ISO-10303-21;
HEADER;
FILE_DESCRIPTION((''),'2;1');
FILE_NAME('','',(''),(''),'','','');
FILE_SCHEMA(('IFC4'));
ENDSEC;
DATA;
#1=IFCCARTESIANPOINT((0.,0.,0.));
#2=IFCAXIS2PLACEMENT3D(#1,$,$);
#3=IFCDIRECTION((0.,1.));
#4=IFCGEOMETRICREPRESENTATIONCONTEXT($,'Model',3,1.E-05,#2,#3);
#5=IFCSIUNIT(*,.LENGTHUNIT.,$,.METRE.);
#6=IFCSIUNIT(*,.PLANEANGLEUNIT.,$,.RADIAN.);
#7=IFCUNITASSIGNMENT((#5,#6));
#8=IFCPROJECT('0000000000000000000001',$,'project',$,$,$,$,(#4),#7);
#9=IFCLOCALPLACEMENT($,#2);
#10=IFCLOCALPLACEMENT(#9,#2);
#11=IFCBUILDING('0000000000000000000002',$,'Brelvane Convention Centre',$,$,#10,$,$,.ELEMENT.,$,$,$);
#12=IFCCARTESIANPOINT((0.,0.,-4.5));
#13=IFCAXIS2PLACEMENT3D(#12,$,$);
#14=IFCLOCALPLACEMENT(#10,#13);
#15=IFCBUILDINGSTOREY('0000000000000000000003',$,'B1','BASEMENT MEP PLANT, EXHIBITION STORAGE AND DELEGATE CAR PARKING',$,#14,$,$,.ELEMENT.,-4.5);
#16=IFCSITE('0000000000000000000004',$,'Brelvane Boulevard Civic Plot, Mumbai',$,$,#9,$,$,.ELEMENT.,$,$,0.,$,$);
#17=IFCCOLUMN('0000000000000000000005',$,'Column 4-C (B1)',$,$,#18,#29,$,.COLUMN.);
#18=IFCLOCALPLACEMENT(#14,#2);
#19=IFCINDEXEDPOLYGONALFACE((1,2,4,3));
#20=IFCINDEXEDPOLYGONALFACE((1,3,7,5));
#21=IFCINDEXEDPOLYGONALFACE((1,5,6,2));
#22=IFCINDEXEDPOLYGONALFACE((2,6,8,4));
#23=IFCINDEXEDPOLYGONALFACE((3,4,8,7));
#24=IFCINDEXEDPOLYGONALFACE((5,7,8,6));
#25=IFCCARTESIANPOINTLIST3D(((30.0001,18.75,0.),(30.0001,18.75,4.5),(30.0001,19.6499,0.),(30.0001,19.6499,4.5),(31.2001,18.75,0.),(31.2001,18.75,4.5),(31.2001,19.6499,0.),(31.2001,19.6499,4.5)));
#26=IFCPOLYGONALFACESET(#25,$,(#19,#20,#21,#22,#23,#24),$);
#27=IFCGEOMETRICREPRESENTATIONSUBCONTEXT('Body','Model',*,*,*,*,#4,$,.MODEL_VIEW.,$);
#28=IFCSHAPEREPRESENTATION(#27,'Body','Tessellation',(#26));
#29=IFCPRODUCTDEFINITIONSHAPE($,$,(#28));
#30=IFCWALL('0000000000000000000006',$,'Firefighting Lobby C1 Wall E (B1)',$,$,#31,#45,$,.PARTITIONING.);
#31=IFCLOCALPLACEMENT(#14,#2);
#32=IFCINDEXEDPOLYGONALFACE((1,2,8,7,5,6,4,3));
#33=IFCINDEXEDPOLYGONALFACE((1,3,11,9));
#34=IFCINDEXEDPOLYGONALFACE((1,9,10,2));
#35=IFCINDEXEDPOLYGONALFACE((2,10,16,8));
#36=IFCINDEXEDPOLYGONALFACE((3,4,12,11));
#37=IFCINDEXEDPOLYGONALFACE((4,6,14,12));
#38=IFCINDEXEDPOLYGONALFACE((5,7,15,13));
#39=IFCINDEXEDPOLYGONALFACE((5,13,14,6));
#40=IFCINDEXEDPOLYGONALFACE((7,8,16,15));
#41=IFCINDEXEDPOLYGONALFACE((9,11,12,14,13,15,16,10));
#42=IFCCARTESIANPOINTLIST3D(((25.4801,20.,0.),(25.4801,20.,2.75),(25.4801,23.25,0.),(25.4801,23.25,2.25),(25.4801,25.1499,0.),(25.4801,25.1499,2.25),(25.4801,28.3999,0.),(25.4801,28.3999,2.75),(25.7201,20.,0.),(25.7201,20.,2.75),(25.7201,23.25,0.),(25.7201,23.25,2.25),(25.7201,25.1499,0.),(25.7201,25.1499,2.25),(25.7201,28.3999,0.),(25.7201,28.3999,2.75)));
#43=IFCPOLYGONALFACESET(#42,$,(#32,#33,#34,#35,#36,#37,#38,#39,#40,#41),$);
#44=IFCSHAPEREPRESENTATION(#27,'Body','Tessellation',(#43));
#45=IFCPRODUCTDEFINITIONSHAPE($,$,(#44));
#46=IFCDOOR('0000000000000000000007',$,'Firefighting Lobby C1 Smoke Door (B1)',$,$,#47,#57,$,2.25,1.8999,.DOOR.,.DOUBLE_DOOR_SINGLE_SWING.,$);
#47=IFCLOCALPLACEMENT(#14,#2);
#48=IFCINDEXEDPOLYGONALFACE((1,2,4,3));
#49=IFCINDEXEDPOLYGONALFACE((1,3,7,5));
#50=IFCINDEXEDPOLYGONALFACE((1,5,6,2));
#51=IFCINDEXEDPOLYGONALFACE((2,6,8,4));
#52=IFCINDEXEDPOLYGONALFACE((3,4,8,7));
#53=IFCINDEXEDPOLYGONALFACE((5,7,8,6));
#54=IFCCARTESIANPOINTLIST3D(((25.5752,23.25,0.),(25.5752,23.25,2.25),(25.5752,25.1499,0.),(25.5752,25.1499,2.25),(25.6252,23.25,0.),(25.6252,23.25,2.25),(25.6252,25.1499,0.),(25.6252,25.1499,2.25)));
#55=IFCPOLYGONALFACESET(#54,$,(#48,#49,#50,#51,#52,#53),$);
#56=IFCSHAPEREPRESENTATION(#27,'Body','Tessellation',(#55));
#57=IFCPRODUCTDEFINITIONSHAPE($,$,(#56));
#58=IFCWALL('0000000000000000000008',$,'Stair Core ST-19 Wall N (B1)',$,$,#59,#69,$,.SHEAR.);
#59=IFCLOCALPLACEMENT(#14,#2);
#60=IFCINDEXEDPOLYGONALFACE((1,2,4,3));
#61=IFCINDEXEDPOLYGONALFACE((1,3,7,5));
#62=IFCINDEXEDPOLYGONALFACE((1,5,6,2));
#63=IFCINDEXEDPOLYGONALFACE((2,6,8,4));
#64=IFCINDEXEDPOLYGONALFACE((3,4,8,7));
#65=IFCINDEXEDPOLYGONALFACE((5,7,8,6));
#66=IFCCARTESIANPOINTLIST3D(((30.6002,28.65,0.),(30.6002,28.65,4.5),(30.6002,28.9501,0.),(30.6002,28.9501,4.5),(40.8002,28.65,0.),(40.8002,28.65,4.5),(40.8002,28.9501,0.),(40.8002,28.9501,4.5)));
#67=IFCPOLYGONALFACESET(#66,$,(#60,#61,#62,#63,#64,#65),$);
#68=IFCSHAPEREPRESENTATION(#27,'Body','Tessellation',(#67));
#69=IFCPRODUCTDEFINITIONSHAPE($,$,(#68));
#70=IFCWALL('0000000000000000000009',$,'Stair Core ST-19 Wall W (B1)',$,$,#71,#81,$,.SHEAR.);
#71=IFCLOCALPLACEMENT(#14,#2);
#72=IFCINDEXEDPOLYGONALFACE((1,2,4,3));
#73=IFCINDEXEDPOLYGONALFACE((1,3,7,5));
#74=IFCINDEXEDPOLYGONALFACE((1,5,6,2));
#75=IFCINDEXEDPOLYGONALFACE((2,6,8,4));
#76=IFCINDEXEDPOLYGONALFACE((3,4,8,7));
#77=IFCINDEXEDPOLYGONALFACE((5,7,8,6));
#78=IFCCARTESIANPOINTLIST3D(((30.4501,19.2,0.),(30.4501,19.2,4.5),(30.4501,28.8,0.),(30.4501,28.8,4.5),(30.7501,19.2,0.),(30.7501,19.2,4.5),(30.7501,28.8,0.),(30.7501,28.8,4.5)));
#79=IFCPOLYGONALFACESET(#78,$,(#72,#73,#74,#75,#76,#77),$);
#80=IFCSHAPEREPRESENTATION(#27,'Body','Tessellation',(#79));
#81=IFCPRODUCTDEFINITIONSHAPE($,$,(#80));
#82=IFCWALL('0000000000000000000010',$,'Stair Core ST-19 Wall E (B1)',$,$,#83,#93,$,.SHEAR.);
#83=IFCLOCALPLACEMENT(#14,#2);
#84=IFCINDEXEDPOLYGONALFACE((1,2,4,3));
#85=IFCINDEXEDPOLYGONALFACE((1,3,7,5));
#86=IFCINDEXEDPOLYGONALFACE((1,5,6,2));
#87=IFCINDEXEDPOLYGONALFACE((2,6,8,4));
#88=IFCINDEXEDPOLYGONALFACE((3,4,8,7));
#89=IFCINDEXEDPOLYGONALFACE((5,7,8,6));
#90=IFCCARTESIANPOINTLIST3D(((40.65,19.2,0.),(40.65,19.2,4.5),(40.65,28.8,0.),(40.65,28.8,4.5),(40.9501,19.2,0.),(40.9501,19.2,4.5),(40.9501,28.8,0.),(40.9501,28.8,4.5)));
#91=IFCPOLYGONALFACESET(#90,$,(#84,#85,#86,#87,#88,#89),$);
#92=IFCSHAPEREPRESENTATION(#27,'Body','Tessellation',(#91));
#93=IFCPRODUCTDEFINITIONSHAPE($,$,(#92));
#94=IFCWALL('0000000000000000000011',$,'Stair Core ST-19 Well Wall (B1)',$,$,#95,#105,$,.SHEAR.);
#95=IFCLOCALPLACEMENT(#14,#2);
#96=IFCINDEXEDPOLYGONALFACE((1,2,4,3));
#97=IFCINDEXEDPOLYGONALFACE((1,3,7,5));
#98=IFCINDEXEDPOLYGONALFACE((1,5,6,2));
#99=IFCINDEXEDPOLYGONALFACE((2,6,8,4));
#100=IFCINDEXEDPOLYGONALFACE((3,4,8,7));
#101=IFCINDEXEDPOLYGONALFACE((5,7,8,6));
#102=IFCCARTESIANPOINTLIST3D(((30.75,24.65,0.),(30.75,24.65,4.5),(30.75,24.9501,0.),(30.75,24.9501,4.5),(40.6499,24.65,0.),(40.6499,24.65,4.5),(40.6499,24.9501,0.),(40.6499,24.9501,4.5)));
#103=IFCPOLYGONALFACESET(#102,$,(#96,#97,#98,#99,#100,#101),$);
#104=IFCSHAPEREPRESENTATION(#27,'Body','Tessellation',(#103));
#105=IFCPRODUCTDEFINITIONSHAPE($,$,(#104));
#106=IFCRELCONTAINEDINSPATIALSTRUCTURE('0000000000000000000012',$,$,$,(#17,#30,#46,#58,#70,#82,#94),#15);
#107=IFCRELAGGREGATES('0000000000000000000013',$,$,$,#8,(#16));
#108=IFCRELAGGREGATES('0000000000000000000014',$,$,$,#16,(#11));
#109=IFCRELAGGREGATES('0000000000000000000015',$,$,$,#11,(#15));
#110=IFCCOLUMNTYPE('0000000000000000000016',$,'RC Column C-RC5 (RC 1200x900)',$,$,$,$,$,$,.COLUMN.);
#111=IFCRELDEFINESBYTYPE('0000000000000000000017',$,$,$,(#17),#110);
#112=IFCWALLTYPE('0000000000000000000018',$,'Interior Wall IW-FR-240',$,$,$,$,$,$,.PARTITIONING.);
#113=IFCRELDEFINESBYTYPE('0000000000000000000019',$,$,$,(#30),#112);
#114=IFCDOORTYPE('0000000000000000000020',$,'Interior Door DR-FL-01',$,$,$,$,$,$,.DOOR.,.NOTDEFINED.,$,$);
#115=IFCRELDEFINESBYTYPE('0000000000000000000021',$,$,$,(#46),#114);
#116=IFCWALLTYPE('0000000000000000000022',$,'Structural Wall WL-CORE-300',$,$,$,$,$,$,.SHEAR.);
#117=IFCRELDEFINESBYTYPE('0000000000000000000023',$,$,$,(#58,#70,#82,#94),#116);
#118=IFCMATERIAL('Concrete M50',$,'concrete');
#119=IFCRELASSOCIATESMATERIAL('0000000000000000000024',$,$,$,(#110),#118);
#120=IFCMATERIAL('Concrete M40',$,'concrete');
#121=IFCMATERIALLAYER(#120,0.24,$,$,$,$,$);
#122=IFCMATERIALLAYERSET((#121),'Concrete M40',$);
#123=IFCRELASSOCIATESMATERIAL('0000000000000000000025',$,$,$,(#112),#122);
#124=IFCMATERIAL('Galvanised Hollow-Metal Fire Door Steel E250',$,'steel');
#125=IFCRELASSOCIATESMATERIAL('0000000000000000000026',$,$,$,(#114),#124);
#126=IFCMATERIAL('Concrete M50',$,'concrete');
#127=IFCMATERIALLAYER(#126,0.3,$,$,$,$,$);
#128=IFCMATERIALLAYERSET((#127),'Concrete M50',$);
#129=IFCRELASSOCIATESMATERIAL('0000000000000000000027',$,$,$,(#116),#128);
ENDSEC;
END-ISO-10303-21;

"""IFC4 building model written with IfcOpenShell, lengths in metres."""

from ifc_helpers import new_model, si_unit, direction, frame, frame_2d, origin, origin_2d, place, context, subcontext, project, spatial, rectangle, extrude, material, layer, layer_set, material_profile, profile_set, type_object, element, fill, save


model = new_model("IFC4")

# Units and contexts
model_context = context("Model", 3, precision=1e-05, world=origin(), true_north=direction((0.0, 1.0)))
body_context = subcontext(model_context, "Body", "Model", "MODEL_VIEW")
ifc_project = project(units=[si_unit("LENGTHUNIT", "METRE"), si_unit("PLANEANGLEUNIT", "RADIAN")], contexts=[model_context])

# Site, building, storey
site_placement = place(None, origin())
site = spatial("IfcSite", under=ifc_project, at=site_placement, Name="Brelvane Boulevard Civic Plot, Mumbai", CompositionType="ELEMENT", RefElevation=0.0)
building_placement = place(site_placement, origin())
building = spatial("IfcBuilding", under=site, at=building_placement, Name="Brelvane Convention Centre", CompositionType="ELEMENT")
storey_placement = place(building_placement, frame((0.0, 0.0, -4.5)))
storey = spatial("IfcBuildingStorey", under=building, at=storey_placement, Name="B1", Description="BASEMENT MEP PLANT, EXHIBITION STORAGE AND DELEGATE CAR PARKING", CompositionType="ELEMENT", Elevation=-4.5)

# Column
ifc_material_1 = material(Name="Concrete M50", Category="concrete")
ifc_material_profile_1 = material_profile(ifc_material_1, rectangle(XDim=1.2, YDim=0.8999, at=origin_2d()), Name="RC 1200x900")
ifc_profile_set_1 = profile_set([ifc_material_profile_1], Name="Concrete M50")
column_type_1 = type_object("IfcColumnType", Name="RC Column C-RC5 (RC 1200x900)", PredefinedType="COLUMN", material=ifc_profile_set_1)
column_placement = place(storey_placement, frame((30.6001, 19.2, 0.0), z_axis=(0.0, 0.0, 1.0), x_axis=(1.0, 0.0, 0.0)))
element("IfcColumn", 1, at=column_placement, inside=storey, type_object=column_type_1, Name="Column 4-C (B1)", PredefinedType="COLUMN", context=body_context, shape_type="SweptSolid", body=[
    extrude(rectangle(XDim=1.2, YDim=0.8999, at=origin_2d()), origin(), (0.0, 0.0, 1.0), 4.5),
])

# Wall, opening, door
ifc_material_2 = material(Name="Concrete M40", Category="concrete")
ifc_layer_1 = layer(ifc_material_2, 0.24)
ifc_layer_set_1 = layer_set([ifc_layer_1], Name="Concrete M40")
wall_type_1 = type_object("IfcWallType", Name="Interior Wall IW-FR-240", PredefinedType="PARTITIONING", material=ifc_layer_set_1)
wall_1_placement = place(storey_placement, frame((25.6001, 20.0, 0.0), z_axis=(0.0, 0.0, 1.0), x_axis=(0.0, 1.0, 0.0)))
wall_1 = element("IfcWall", 2, at=wall_1_placement, inside=storey, type_object=wall_type_1, Name="Firefighting Lobby C1 Wall E (B1)", PredefinedType="PARTITIONING", context=body_context, shape_type="SweptSolid", body=[
    extrude(rectangle(XDim=8.3999, YDim=0.24, at=frame_2d((4.2, 0.0))), origin(), (0.0, 0.0, 1.0), 2.75),
])
opening_placement = place(wall_1_placement, frame((3.25, 0.0, 0.0)))
opening = element("IfcOpeningElement", 3, at=opening_placement, cuts=wall_1, PredefinedType="OPENING", context=body_context, shape_type="SweptSolid", body=[
    extrude(rectangle(XDim=1.8999, YDim=2.25, at=frame_2d((0.95, 1.125))), frame((0.0, 0.1299, 0.0), z_axis=(0.0, -1.0, 0.0), x_axis=(1.0, 0.0, 0.0)), (0.0, 0.0, 1.0), 0.26),
])
ifc_material_3 = material(Name="Galvanised Hollow-Metal Fire Door Steel E250", Category="steel")
door_type = type_object("IfcDoorType", Name="Interior Door DR-FL-01", OperationType="NOTDEFINED", PredefinedType="DOOR", material=ifc_material_3)
door_placement = place(opening_placement, origin())
door = element("IfcDoor", 4, at=door_placement, inside=storey, type_object=door_type, Name="Firefighting Lobby C1 Smoke Door (B1)", OperationType="DOUBLE_DOOR_SINGLE_SWING", OverallHeight=2.25, OverallWidth=1.8999, PredefinedType="DOOR", context=body_context, shape_type="SweptSolid", body=[
    extrude(rectangle(XDim=1.8999, YDim=2.25, at=frame_2d((0.95, 1.125))), frame((0.0, 0.0249, 0.0), z_axis=(0.0, -1.0, 0.0), x_axis=(1.0, 0.0, 0.0)), (0.0, 0.0, 1.0), 0.05),
])
fill(opening, door)

# Walls
ifc_material_4 = material(Name="Concrete M50", Category="concrete")
ifc_layer_2 = layer(ifc_material_4, 0.3)
ifc_layer_set_2 = layer_set([ifc_layer_2], Name="Concrete M50")
wall_type_2 = type_object("IfcWallType", Name="Structural Wall WL-CORE-300", PredefinedType="SHEAR", material=ifc_layer_set_2)
wall_2_placement = place(storey_placement, frame((30.6001, 28.8, 0.0), z_axis=(0.0, 0.0, 1.0), x_axis=(1.0, 0.0, 0.0)))
element("IfcWall", 5, at=wall_2_placement, inside=storey, type_object=wall_type_2, Name="Stair Core ST-19 Wall N (B1)", PredefinedType="SHEAR", context=body_context, shape_type="SweptSolid", body=[
    extrude(rectangle(XDim=10.2, YDim=0.3, at=frame_2d((5.1001, 0.0))), origin(), (0.0, 0.0, 1.0), 4.5),
])
for number, where, z_axis, x_axis, name in (
    (6, (30.6001, 19.2, 0.0), (0.0, 0.0, 1.0), (0.0, 1.0, 0.0), "Stair Core ST-19 Wall W (B1)"),
    (7, (40.8, 19.2, 0.0), (0.0, 0.0, 1.0), (0.0, 1.0, 0.0), "Stair Core ST-19 Wall E (B1)"),
):
    element("IfcWall", number, at=place(storey_placement, frame(where, z_axis=z_axis, x_axis=x_axis)), inside=storey, type_object=wall_type_2, Name=name, PredefinedType="SHEAR", context=body_context, shape_type="SweptSolid", body=[
        extrude(rectangle(XDim=9.6001, YDim=0.3, at=frame_2d((4.8, 0.0))), origin(), (0.0, 0.0, 1.0), 4.5),
    ])
wall_3_placement = place(storey_placement, frame((30.75, 24.8, 0.0), z_axis=(0.0, 0.0, 1.0), x_axis=(1.0, 0.0, 0.0)))
element("IfcWall", 8, at=wall_3_placement, inside=storey, type_object=wall_type_2, Name="Stair Core ST-19 Well Wall (B1)", PredefinedType="SHEAR", context=body_context, shape_type="SweptSolid", body=[
    extrude(rectangle(XDim=9.8999, YDim=0.3, at=frame_2d((4.95, 0.0))), origin(), (0.0, 0.0, 1.0), 4.5),
])

save(model, "model.ifc")
